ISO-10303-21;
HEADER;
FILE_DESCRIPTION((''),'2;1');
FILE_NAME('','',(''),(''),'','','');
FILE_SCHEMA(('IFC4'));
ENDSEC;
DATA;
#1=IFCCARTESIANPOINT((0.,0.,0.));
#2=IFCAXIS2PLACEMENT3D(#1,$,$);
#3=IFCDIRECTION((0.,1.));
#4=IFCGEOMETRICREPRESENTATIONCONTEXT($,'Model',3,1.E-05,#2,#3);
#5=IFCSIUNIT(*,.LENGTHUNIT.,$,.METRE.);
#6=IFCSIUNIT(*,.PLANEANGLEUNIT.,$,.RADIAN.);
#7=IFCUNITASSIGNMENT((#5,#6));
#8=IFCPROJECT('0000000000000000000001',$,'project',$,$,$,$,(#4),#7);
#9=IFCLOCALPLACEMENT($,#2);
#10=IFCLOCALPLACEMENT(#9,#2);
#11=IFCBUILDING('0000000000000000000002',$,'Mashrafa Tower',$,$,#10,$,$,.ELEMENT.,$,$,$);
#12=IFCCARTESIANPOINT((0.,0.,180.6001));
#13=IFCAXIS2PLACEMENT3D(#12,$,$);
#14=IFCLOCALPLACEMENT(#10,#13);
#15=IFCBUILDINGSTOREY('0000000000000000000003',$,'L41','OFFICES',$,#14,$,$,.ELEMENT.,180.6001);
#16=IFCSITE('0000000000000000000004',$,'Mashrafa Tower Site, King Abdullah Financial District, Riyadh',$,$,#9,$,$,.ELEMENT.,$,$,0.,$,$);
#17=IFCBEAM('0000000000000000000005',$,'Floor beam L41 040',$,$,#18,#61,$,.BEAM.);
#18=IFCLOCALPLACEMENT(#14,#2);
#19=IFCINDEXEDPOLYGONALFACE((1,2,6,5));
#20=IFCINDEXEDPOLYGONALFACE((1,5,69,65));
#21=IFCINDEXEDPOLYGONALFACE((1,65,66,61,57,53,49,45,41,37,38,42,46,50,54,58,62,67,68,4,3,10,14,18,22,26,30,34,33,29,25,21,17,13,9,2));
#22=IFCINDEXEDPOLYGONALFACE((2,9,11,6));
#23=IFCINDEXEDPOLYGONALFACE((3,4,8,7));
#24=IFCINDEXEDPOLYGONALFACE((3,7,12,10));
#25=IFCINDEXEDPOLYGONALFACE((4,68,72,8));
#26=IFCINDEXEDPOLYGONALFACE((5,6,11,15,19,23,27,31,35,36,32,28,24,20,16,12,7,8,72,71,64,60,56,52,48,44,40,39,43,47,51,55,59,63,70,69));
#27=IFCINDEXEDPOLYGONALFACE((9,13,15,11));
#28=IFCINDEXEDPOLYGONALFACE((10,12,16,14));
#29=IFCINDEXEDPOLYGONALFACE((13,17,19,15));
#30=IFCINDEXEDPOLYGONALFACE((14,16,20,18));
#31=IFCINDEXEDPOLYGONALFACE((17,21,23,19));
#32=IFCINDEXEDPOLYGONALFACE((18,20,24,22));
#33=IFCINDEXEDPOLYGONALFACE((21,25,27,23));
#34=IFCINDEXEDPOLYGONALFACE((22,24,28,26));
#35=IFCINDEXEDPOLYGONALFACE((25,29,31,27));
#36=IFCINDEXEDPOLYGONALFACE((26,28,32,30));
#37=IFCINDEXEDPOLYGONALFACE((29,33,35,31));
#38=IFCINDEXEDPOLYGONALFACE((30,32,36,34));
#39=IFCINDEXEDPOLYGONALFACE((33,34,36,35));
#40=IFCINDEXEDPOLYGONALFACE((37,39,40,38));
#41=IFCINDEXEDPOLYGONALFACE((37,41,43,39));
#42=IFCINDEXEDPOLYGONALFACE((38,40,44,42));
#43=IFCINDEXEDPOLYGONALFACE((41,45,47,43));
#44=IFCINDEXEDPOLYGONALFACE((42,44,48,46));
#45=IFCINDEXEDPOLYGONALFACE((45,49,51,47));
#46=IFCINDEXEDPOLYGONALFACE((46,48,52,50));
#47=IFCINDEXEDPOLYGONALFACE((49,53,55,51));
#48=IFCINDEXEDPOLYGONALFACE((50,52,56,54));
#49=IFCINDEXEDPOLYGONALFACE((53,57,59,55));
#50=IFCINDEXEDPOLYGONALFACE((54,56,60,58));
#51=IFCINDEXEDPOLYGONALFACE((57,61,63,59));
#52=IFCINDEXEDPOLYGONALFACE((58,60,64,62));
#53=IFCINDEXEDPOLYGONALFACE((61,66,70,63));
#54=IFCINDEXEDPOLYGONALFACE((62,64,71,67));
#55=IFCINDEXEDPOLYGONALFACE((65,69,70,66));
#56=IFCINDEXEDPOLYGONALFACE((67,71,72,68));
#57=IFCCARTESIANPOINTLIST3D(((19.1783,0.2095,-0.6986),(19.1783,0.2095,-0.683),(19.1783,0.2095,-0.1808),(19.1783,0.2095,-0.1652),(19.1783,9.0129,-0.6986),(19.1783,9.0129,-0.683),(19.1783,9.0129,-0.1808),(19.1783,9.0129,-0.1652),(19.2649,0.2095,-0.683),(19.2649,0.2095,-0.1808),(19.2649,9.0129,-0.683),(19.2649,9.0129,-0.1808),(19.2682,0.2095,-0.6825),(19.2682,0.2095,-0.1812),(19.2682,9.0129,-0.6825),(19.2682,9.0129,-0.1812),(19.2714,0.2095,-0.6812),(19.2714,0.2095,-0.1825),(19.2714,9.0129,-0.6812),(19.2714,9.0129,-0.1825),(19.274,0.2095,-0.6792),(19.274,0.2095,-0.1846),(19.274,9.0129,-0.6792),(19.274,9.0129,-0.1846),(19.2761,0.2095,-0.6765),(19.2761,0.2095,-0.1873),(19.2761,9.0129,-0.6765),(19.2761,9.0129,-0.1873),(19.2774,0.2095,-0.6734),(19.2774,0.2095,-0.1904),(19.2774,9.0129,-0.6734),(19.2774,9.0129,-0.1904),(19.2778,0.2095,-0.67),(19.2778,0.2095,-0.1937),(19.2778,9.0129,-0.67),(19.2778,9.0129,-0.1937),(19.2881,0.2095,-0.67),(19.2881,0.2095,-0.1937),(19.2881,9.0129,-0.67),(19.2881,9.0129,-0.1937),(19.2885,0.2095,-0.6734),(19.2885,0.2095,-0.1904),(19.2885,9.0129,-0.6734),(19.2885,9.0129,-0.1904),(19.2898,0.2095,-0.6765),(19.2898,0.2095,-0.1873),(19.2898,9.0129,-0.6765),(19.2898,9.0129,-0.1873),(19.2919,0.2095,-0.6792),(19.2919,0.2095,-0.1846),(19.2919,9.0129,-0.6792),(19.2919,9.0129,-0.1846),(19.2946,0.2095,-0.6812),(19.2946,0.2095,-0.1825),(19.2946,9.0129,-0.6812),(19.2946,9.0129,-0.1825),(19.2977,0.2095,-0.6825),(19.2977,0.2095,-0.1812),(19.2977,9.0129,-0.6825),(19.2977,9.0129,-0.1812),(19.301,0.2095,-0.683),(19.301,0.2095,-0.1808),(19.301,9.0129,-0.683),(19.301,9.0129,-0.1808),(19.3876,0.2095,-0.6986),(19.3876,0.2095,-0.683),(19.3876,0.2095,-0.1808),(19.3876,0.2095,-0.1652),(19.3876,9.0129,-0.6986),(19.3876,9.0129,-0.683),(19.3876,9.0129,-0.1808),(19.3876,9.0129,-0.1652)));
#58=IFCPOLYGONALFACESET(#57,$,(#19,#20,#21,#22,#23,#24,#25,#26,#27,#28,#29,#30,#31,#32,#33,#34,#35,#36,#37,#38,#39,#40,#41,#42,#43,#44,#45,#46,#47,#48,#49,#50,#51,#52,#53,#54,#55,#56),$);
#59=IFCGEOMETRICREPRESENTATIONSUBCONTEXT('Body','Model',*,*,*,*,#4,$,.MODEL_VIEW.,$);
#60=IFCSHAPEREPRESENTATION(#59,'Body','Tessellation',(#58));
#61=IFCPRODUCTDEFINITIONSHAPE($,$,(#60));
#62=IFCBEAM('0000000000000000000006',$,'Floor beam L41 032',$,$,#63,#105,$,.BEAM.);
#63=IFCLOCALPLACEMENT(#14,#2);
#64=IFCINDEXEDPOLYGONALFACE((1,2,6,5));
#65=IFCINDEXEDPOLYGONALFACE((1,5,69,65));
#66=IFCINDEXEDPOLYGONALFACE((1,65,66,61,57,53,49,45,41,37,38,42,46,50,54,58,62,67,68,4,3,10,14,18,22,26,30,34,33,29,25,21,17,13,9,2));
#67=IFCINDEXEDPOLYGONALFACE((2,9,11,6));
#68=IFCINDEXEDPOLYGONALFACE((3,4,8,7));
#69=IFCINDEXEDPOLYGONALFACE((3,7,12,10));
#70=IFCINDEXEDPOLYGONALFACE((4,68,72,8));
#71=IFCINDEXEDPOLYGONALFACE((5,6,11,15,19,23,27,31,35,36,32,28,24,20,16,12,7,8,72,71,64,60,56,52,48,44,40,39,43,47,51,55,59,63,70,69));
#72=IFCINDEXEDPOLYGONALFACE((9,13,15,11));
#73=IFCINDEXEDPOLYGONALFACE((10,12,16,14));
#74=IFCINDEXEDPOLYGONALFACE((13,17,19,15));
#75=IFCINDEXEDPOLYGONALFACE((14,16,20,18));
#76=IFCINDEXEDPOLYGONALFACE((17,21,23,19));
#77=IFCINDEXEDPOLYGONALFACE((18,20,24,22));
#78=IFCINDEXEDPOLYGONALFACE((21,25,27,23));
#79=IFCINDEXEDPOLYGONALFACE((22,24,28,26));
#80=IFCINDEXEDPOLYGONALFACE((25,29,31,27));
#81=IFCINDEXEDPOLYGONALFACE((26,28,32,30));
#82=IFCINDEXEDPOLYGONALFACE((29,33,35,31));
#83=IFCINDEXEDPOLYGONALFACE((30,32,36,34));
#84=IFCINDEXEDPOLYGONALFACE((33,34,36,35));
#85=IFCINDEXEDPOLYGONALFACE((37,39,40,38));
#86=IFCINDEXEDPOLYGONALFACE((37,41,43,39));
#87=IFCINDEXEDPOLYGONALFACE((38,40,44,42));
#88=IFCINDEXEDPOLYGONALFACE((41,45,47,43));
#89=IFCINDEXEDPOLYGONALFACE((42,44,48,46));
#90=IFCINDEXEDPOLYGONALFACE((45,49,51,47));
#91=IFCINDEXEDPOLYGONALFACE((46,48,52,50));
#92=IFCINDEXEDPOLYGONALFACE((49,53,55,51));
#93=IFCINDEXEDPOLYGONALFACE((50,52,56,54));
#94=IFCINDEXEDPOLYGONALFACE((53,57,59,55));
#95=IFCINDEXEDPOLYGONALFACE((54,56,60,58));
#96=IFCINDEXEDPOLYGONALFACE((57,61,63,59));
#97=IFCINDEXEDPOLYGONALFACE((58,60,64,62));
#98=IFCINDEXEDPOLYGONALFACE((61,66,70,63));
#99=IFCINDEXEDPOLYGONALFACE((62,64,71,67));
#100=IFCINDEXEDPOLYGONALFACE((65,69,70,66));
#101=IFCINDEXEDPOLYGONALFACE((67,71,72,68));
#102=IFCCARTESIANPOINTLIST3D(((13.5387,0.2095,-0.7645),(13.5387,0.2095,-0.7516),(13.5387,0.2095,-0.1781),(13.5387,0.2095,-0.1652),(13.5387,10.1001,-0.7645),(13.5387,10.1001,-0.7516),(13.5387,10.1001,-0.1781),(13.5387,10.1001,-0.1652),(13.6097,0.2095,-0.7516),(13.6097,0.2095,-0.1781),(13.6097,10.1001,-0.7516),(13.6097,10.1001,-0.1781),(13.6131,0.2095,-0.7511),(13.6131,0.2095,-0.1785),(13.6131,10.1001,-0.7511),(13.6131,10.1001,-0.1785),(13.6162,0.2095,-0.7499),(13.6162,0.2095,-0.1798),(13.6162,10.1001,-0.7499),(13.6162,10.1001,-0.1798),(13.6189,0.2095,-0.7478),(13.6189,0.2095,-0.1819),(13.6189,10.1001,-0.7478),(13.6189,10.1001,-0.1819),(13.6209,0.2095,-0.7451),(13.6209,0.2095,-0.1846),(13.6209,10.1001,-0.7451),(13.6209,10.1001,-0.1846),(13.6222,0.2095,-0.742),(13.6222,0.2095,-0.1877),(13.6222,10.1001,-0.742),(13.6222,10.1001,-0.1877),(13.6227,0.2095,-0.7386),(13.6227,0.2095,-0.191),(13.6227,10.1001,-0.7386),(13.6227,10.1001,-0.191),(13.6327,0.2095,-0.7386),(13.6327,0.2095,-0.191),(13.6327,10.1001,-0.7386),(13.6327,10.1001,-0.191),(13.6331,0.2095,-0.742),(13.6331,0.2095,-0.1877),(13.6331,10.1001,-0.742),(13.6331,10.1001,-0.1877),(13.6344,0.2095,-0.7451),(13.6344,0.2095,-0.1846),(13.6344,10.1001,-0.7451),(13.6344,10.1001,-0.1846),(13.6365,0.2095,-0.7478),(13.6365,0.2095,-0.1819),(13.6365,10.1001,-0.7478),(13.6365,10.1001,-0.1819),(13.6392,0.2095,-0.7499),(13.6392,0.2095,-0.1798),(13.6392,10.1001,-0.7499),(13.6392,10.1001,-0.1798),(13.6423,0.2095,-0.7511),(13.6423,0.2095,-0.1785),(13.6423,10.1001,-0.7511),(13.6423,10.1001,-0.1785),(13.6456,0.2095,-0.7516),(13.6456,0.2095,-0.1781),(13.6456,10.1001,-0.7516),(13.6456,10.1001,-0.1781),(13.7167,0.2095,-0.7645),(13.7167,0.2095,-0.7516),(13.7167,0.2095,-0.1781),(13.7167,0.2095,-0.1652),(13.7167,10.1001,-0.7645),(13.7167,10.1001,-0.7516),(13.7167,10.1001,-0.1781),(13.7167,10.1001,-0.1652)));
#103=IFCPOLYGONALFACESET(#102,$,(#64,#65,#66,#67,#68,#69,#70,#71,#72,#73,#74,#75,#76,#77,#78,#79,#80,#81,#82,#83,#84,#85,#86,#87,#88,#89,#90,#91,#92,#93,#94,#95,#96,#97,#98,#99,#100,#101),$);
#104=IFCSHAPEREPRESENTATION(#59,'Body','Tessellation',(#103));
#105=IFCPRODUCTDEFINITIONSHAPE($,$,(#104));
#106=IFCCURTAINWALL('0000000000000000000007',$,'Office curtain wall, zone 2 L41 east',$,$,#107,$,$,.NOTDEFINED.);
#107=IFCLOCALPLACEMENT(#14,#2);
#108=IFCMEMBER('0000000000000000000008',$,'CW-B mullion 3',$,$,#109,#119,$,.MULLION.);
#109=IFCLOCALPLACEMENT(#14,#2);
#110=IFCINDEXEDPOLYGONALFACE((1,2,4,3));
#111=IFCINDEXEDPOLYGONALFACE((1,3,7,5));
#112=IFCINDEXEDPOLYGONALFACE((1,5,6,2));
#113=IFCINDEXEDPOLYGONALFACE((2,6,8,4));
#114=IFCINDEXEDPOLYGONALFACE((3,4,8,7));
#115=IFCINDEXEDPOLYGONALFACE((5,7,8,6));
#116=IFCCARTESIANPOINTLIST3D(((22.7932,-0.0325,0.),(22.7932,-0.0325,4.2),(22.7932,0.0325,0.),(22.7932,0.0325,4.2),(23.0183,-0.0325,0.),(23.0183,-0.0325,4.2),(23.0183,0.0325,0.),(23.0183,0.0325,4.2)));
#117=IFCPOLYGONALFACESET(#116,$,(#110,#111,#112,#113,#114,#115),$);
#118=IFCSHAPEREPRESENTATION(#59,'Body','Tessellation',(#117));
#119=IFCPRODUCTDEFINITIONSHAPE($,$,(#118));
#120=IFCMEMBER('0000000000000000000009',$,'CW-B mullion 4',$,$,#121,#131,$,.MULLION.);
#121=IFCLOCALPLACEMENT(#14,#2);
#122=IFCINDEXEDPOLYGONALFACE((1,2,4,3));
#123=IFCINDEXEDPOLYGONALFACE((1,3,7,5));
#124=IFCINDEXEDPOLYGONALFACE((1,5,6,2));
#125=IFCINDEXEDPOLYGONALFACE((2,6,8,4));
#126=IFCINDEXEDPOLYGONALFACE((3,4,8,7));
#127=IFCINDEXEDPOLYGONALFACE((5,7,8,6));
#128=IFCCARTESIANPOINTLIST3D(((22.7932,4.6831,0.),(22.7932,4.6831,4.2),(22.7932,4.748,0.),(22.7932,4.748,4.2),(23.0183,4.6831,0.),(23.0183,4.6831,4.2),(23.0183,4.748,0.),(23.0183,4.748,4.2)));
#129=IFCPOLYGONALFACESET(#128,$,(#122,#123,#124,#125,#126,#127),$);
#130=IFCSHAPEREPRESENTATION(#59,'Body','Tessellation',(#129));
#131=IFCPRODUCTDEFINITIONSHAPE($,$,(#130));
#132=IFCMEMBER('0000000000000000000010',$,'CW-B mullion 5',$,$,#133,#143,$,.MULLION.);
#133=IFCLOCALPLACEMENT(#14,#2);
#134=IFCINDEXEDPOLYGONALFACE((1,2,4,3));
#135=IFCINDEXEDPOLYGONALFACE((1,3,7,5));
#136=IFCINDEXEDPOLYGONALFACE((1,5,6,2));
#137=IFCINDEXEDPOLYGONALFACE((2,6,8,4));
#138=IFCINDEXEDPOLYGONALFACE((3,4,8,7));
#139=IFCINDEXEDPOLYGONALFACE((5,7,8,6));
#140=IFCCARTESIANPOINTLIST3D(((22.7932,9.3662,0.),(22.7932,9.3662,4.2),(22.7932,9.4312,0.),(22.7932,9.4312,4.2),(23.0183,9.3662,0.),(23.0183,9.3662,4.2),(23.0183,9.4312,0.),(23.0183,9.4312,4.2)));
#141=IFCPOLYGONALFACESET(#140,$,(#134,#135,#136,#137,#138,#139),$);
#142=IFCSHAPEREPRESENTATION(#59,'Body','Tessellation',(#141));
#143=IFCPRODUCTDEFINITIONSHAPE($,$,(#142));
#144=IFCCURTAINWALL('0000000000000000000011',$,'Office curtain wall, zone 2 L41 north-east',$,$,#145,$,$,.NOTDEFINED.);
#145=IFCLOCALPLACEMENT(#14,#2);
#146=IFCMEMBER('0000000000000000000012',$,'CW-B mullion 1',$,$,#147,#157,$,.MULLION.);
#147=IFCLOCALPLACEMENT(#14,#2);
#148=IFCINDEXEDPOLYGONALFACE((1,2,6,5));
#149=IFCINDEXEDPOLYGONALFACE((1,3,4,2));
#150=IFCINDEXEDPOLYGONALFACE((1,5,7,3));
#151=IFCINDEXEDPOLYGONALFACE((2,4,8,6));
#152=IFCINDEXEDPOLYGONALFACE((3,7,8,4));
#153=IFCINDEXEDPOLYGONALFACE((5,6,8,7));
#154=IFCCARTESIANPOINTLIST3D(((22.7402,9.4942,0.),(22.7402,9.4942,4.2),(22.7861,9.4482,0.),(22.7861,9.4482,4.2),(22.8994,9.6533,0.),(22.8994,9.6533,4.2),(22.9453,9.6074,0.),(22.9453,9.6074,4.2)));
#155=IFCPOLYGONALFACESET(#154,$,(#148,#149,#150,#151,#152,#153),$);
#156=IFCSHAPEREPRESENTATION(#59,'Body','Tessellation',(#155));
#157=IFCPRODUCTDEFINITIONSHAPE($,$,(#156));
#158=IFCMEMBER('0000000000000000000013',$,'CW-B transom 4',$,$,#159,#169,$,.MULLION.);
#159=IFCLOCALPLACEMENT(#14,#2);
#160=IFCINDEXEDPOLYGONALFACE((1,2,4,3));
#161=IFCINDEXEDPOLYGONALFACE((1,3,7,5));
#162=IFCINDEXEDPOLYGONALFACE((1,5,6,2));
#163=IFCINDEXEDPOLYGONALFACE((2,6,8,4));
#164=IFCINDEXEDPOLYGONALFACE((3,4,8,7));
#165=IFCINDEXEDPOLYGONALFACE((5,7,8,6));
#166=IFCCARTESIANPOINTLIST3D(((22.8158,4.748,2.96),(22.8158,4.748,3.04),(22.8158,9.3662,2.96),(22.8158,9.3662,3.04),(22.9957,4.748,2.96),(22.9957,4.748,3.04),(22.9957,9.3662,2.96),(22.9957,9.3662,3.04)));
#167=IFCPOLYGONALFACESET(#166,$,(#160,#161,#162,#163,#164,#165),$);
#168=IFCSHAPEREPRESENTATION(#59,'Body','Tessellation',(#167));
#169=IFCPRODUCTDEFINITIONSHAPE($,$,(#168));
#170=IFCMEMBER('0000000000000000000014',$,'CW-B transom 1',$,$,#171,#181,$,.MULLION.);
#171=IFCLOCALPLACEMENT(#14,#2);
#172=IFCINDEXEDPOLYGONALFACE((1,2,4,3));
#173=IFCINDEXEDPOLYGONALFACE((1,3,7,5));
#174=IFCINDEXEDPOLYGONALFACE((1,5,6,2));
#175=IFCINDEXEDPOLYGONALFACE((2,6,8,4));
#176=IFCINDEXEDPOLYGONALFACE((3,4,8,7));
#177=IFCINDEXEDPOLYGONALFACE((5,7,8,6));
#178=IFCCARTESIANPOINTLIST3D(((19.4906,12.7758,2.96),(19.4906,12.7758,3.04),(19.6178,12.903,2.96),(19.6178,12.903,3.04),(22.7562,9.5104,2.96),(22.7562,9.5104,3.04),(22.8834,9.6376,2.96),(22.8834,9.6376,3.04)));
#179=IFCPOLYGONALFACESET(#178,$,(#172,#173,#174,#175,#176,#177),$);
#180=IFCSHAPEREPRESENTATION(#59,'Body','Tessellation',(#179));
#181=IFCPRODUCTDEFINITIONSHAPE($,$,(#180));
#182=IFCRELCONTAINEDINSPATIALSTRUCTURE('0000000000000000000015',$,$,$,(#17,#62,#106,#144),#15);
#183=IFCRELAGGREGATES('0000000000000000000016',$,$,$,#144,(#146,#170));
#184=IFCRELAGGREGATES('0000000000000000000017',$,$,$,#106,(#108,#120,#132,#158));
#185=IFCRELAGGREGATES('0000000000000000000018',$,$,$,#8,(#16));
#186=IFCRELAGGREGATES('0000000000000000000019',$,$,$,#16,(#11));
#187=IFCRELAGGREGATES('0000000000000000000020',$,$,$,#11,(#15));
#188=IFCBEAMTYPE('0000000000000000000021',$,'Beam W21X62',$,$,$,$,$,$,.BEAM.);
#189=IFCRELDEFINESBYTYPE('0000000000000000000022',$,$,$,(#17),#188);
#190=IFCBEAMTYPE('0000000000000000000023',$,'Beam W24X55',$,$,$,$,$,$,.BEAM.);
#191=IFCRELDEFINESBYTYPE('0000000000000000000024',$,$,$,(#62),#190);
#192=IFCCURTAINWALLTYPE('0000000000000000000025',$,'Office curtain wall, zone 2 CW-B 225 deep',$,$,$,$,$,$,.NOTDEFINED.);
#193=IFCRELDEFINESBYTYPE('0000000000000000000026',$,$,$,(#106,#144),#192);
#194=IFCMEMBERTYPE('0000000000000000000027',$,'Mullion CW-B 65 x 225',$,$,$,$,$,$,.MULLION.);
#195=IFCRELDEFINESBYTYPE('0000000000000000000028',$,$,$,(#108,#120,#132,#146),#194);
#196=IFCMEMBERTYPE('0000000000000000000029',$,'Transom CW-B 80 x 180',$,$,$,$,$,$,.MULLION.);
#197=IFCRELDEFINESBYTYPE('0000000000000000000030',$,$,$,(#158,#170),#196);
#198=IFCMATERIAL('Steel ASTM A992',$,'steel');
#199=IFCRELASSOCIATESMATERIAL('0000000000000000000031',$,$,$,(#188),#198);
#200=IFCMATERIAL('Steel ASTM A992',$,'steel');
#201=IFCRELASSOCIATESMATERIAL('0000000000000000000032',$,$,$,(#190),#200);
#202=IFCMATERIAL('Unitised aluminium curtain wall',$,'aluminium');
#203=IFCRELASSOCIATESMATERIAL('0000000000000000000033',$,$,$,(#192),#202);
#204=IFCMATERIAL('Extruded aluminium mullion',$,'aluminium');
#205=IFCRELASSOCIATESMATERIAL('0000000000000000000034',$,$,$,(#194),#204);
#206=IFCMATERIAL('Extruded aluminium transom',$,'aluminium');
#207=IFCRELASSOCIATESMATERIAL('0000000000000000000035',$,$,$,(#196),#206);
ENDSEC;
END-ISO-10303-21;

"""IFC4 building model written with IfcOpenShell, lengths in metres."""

from ifc_helpers import new_model, si_unit, direction, frame, origin, origin_2d, place, context, subcontext, project, spatial, rectangle, i_section, extrude, source, transform, mapped, material, material_profile, profile_set, type_object, type_shapes, element, aggregate, save


model = new_model("IFC4")

# Units and contexts
model_context = context("Model", 3, precision=1e-05, world=origin(), true_north=direction((0.0, 1.0)))
body_context = subcontext(model_context, "Body", "Model", "MODEL_VIEW")
ifc_project = project(units=[si_unit("LENGTHUNIT", "METRE"), si_unit("PLANEANGLEUNIT", "RADIAN")], contexts=[model_context])

# Site, building, storey
site_placement = place(None, origin())
site = spatial("IfcSite", under=ifc_project, at=site_placement, Name="Mashrafa Tower Site, King Abdullah Financial District, Riyadh", CompositionType="ELEMENT", RefElevation=0.0)
building_placement = place(site_placement, origin())
building = spatial("IfcBuilding", under=site, at=building_placement, Name="Mashrafa Tower", CompositionType="ELEMENT")
storey_placement = place(building_placement, frame((0.0, 0.0, 180.6001)))
storey = spatial("IfcBuildingStorey", under=building, at=storey_placement, Name="L41", Description="OFFICES", CompositionType="ELEMENT", Elevation=180.6001)

# Beams
ifc_material_1 = material(Name="Steel ASTM A992", Category="steel")
ifc_material_profile_1 = material_profile(ifc_material_1, i_section(OverallWidth=0.2092, OverallDepth=0.5334, WebThickness=0.0103, FlangeThickness=0.0156, FilletRadius=0.0129, at=origin_2d()), Name="W21X62")
ifc_profile_set_1 = profile_set([ifc_material_profile_1], Name="Steel ASTM A992")
beam_type_1 = type_object("IfcBeamType", Name="Beam W21X62", PredefinedType="BEAM", material=ifc_profile_set_1)
beam_1_placement = place(storey_placement, frame((19.283, 9.0129, -0.4319), z_axis=(0.0, -1.0, 0.0), x_axis=(1.0, 0.0, 0.0)))
element("IfcBeam", 1, at=beam_1_placement, inside=storey, type_object=beam_type_1, Name="Floor beam L41 040", PredefinedType="BEAM", context=body_context, shape_type="SweptSolid", body=[
    extrude(i_section(OverallWidth=0.2092, OverallDepth=0.5334, WebThickness=0.0103, FlangeThickness=0.0156, FilletRadius=0.0129, at=origin_2d()), origin(), (0.0, 0.0, 1.0), 8.8035),
])
ifc_material_2 = material(Name="Steel ASTM A992", Category="steel")
ifc_material_profile_2 = material_profile(ifc_material_2, i_section(OverallWidth=0.178, OverallDepth=0.5994, WebThickness=0.01, FlangeThickness=0.0129, FilletRadius=0.0129, at=origin_2d()), Name="W24X55")
ifc_profile_set_2 = profile_set([ifc_material_profile_2], Name="Steel ASTM A992")
beam_type_2 = type_object("IfcBeamType", Name="Beam W24X55", PredefinedType="BEAM", material=ifc_profile_set_2)
beam_2_placement = place(storey_placement, frame((13.6277, 10.1001, -0.4648), z_axis=(0.0, -1.0, 0.0), x_axis=(1.0, 0.0, 0.0)))
element("IfcBeam", 2, at=beam_2_placement, inside=storey, type_object=beam_type_2, Name="Floor beam L41 032", PredefinedType="BEAM", context=body_context, shape_type="SweptSolid", body=[
    extrude(i_section(OverallWidth=0.178, OverallDepth=0.5994, WebThickness=0.01, FlangeThickness=0.0129, FilletRadius=0.0129, at=origin_2d()), origin(), (0.0, 0.0, 1.0), 9.8906),
])

# Curtain wall, members
ifc_material_3 = material(Name="Unitised aluminium curtain wall", Category="aluminium")
curtain_wall_type = type_object("IfcCurtainWallType", Name="Office curtain wall, zone 2 CW-B 225 deep", PredefinedType="NOTDEFINED", material=ifc_material_3)
curtain_wall_1_placement = place(storey_placement, origin())
curtain_wall_1 = element("IfcCurtainWall", 3, at=curtain_wall_1_placement, inside=storey, type_object=curtain_wall_type, Name="Office curtain wall, zone 2 L41 east", PredefinedType="NOTDEFINED")
ifc_material_4 = material(Name="Extruded aluminium mullion", Category="aluminium")
ifc_material_profile_3 = material_profile(ifc_material_4, rectangle(XDim=0.2251, YDim=0.0649, at=origin_2d()), Name="Mullion 65x225")
ifc_profile_set_3 = profile_set([ifc_material_profile_3], Name="Extruded aluminium mullion")
member_type_1 = type_object("IfcMemberType", Name="Mullion CW-B 65 x 225", PredefinedType="MULLION", material=ifc_profile_set_3)
shared_shape_1 = source(origin(), body_context, "Body", "SweptSolid", [
    extrude(rectangle(XDim=0.2251, YDim=0.0649, at=origin_2d()), origin(), (0.0, 0.0, 1.0), 4.2),
])
type_shapes(member_type_1, [shared_shape_1])
member_1_placement = place(storey_placement, frame((22.9058, 0.0, 0.0), z_axis=(0.0, 0.0, 1.0), x_axis=(-1.0, 0.0, 0.0)))
member_1 = element("IfcMember", 4, at=member_1_placement, type_object=member_type_1, Name="CW-B mullion 3", PredefinedType="MULLION", context=body_context, shape_type="MappedRepresentation", body=[
    mapped(shared_shape_1, transform((0.0, 0.0, 0.0))),
])
member_2_placement = place(storey_placement, frame((22.9058, 4.7156, 0.0), z_axis=(0.0, 0.0, 1.0), x_axis=(-1.0, 0.0, 0.0)))
member_2 = element("IfcMember", 5, at=member_2_placement, type_object=member_type_1, Name="CW-B mullion 4", PredefinedType="MULLION", context=body_context, shape_type="MappedRepresentation", body=[
    mapped(shared_shape_1, transform((0.0, 0.0, 0.0))),
])
member_3_placement = place(storey_placement, frame((22.9058, 9.3987, 0.0), z_axis=(0.0, 0.0, 1.0), x_axis=(-1.0, 0.0, 0.0)))
member_3 = element("IfcMember", 6, at=member_3_placement, type_object=member_type_1, Name="CW-B mullion 5", PredefinedType="MULLION", context=body_context, shape_type="MappedRepresentation", body=[
    mapped(shared_shape_1, transform((0.0, 0.0, 0.0))),
])

# Curtain wall, member
curtain_wall_2_placement = place(storey_placement, origin())
curtain_wall_2 = element("IfcCurtainWall", 7, at=curtain_wall_2_placement, inside=storey, type_object=curtain_wall_type, Name="Office curtain wall, zone 2 L41 north-east", PredefinedType="NOTDEFINED")
member_4_placement = place(storey_placement, frame((22.8428, 9.5508, 0.0), z_axis=(0.0, 0.0, 1.0), x_axis=(-0.707107, -0.707107, 0.0)))
member_4 = element("IfcMember", 8, at=member_4_placement, type_object=member_type_1, Name="CW-B mullion 1", PredefinedType="MULLION", context=body_context, shape_type="MappedRepresentation", body=[
    mapped(shared_shape_1, transform((0.0, 0.0, 0.0))),
])

# Members
ifc_material_5 = material(Name="Extruded aluminium transom", Category="aluminium")
ifc_material_profile_4 = material_profile(ifc_material_5, rectangle(XDim=0.1799, YDim=0.0801, at=origin_2d()), Name="Transom 80x180")
ifc_profile_set_4 = profile_set([ifc_material_profile_4], Name="Extruded aluminium transom")
member_type_2 = type_object("IfcMemberType", Name="Transom CW-B 80 x 180", PredefinedType="MULLION", material=ifc_profile_set_4)
shared_shape_2 = source(origin(), body_context, "Body", "SweptSolid", [
    extrude(rectangle(XDim=0.1799, YDim=0.0801, at=origin_2d()), origin(), (0.0, 0.0, 1.0), 4.6182),
])
member_5_placement = place(storey_placement, frame((22.9058, 4.748, 3.0), z_axis=(0.0, 1.0, 0.0), x_axis=(-1.0, 0.0, 0.0)))
member_5 = element("IfcMember", 9, at=member_5_placement, type_object=member_type_2, Name="CW-B transom 4", PredefinedType="MULLION", context=body_context, shape_type="MappedRepresentation", body=[
    mapped(shared_shape_2, transform((0.0, 0.0, 0.0))),
])
member_6_placement = place(storey_placement, frame((22.8198, 9.574, 3.0), z_axis=(-0.707133, 0.70708, 0.0), x_axis=(-0.70708, -0.707133, 0.0)))
member_6 = element("IfcMember", 10, at=member_6_placement, type_object=member_type_2, Name="CW-B transom 1", PredefinedType="MULLION", context=body_context, shape_type="MappedRepresentation", body=[
    mapped(shared_shape_2, transform((0.0, 0.0, 0.0))),
])
aggregate(curtain_wall_2, [member_4, member_6])

aggregate(curtain_wall_1, [member_1, member_2, member_3, member_5])

save(model, "model.ifc")
